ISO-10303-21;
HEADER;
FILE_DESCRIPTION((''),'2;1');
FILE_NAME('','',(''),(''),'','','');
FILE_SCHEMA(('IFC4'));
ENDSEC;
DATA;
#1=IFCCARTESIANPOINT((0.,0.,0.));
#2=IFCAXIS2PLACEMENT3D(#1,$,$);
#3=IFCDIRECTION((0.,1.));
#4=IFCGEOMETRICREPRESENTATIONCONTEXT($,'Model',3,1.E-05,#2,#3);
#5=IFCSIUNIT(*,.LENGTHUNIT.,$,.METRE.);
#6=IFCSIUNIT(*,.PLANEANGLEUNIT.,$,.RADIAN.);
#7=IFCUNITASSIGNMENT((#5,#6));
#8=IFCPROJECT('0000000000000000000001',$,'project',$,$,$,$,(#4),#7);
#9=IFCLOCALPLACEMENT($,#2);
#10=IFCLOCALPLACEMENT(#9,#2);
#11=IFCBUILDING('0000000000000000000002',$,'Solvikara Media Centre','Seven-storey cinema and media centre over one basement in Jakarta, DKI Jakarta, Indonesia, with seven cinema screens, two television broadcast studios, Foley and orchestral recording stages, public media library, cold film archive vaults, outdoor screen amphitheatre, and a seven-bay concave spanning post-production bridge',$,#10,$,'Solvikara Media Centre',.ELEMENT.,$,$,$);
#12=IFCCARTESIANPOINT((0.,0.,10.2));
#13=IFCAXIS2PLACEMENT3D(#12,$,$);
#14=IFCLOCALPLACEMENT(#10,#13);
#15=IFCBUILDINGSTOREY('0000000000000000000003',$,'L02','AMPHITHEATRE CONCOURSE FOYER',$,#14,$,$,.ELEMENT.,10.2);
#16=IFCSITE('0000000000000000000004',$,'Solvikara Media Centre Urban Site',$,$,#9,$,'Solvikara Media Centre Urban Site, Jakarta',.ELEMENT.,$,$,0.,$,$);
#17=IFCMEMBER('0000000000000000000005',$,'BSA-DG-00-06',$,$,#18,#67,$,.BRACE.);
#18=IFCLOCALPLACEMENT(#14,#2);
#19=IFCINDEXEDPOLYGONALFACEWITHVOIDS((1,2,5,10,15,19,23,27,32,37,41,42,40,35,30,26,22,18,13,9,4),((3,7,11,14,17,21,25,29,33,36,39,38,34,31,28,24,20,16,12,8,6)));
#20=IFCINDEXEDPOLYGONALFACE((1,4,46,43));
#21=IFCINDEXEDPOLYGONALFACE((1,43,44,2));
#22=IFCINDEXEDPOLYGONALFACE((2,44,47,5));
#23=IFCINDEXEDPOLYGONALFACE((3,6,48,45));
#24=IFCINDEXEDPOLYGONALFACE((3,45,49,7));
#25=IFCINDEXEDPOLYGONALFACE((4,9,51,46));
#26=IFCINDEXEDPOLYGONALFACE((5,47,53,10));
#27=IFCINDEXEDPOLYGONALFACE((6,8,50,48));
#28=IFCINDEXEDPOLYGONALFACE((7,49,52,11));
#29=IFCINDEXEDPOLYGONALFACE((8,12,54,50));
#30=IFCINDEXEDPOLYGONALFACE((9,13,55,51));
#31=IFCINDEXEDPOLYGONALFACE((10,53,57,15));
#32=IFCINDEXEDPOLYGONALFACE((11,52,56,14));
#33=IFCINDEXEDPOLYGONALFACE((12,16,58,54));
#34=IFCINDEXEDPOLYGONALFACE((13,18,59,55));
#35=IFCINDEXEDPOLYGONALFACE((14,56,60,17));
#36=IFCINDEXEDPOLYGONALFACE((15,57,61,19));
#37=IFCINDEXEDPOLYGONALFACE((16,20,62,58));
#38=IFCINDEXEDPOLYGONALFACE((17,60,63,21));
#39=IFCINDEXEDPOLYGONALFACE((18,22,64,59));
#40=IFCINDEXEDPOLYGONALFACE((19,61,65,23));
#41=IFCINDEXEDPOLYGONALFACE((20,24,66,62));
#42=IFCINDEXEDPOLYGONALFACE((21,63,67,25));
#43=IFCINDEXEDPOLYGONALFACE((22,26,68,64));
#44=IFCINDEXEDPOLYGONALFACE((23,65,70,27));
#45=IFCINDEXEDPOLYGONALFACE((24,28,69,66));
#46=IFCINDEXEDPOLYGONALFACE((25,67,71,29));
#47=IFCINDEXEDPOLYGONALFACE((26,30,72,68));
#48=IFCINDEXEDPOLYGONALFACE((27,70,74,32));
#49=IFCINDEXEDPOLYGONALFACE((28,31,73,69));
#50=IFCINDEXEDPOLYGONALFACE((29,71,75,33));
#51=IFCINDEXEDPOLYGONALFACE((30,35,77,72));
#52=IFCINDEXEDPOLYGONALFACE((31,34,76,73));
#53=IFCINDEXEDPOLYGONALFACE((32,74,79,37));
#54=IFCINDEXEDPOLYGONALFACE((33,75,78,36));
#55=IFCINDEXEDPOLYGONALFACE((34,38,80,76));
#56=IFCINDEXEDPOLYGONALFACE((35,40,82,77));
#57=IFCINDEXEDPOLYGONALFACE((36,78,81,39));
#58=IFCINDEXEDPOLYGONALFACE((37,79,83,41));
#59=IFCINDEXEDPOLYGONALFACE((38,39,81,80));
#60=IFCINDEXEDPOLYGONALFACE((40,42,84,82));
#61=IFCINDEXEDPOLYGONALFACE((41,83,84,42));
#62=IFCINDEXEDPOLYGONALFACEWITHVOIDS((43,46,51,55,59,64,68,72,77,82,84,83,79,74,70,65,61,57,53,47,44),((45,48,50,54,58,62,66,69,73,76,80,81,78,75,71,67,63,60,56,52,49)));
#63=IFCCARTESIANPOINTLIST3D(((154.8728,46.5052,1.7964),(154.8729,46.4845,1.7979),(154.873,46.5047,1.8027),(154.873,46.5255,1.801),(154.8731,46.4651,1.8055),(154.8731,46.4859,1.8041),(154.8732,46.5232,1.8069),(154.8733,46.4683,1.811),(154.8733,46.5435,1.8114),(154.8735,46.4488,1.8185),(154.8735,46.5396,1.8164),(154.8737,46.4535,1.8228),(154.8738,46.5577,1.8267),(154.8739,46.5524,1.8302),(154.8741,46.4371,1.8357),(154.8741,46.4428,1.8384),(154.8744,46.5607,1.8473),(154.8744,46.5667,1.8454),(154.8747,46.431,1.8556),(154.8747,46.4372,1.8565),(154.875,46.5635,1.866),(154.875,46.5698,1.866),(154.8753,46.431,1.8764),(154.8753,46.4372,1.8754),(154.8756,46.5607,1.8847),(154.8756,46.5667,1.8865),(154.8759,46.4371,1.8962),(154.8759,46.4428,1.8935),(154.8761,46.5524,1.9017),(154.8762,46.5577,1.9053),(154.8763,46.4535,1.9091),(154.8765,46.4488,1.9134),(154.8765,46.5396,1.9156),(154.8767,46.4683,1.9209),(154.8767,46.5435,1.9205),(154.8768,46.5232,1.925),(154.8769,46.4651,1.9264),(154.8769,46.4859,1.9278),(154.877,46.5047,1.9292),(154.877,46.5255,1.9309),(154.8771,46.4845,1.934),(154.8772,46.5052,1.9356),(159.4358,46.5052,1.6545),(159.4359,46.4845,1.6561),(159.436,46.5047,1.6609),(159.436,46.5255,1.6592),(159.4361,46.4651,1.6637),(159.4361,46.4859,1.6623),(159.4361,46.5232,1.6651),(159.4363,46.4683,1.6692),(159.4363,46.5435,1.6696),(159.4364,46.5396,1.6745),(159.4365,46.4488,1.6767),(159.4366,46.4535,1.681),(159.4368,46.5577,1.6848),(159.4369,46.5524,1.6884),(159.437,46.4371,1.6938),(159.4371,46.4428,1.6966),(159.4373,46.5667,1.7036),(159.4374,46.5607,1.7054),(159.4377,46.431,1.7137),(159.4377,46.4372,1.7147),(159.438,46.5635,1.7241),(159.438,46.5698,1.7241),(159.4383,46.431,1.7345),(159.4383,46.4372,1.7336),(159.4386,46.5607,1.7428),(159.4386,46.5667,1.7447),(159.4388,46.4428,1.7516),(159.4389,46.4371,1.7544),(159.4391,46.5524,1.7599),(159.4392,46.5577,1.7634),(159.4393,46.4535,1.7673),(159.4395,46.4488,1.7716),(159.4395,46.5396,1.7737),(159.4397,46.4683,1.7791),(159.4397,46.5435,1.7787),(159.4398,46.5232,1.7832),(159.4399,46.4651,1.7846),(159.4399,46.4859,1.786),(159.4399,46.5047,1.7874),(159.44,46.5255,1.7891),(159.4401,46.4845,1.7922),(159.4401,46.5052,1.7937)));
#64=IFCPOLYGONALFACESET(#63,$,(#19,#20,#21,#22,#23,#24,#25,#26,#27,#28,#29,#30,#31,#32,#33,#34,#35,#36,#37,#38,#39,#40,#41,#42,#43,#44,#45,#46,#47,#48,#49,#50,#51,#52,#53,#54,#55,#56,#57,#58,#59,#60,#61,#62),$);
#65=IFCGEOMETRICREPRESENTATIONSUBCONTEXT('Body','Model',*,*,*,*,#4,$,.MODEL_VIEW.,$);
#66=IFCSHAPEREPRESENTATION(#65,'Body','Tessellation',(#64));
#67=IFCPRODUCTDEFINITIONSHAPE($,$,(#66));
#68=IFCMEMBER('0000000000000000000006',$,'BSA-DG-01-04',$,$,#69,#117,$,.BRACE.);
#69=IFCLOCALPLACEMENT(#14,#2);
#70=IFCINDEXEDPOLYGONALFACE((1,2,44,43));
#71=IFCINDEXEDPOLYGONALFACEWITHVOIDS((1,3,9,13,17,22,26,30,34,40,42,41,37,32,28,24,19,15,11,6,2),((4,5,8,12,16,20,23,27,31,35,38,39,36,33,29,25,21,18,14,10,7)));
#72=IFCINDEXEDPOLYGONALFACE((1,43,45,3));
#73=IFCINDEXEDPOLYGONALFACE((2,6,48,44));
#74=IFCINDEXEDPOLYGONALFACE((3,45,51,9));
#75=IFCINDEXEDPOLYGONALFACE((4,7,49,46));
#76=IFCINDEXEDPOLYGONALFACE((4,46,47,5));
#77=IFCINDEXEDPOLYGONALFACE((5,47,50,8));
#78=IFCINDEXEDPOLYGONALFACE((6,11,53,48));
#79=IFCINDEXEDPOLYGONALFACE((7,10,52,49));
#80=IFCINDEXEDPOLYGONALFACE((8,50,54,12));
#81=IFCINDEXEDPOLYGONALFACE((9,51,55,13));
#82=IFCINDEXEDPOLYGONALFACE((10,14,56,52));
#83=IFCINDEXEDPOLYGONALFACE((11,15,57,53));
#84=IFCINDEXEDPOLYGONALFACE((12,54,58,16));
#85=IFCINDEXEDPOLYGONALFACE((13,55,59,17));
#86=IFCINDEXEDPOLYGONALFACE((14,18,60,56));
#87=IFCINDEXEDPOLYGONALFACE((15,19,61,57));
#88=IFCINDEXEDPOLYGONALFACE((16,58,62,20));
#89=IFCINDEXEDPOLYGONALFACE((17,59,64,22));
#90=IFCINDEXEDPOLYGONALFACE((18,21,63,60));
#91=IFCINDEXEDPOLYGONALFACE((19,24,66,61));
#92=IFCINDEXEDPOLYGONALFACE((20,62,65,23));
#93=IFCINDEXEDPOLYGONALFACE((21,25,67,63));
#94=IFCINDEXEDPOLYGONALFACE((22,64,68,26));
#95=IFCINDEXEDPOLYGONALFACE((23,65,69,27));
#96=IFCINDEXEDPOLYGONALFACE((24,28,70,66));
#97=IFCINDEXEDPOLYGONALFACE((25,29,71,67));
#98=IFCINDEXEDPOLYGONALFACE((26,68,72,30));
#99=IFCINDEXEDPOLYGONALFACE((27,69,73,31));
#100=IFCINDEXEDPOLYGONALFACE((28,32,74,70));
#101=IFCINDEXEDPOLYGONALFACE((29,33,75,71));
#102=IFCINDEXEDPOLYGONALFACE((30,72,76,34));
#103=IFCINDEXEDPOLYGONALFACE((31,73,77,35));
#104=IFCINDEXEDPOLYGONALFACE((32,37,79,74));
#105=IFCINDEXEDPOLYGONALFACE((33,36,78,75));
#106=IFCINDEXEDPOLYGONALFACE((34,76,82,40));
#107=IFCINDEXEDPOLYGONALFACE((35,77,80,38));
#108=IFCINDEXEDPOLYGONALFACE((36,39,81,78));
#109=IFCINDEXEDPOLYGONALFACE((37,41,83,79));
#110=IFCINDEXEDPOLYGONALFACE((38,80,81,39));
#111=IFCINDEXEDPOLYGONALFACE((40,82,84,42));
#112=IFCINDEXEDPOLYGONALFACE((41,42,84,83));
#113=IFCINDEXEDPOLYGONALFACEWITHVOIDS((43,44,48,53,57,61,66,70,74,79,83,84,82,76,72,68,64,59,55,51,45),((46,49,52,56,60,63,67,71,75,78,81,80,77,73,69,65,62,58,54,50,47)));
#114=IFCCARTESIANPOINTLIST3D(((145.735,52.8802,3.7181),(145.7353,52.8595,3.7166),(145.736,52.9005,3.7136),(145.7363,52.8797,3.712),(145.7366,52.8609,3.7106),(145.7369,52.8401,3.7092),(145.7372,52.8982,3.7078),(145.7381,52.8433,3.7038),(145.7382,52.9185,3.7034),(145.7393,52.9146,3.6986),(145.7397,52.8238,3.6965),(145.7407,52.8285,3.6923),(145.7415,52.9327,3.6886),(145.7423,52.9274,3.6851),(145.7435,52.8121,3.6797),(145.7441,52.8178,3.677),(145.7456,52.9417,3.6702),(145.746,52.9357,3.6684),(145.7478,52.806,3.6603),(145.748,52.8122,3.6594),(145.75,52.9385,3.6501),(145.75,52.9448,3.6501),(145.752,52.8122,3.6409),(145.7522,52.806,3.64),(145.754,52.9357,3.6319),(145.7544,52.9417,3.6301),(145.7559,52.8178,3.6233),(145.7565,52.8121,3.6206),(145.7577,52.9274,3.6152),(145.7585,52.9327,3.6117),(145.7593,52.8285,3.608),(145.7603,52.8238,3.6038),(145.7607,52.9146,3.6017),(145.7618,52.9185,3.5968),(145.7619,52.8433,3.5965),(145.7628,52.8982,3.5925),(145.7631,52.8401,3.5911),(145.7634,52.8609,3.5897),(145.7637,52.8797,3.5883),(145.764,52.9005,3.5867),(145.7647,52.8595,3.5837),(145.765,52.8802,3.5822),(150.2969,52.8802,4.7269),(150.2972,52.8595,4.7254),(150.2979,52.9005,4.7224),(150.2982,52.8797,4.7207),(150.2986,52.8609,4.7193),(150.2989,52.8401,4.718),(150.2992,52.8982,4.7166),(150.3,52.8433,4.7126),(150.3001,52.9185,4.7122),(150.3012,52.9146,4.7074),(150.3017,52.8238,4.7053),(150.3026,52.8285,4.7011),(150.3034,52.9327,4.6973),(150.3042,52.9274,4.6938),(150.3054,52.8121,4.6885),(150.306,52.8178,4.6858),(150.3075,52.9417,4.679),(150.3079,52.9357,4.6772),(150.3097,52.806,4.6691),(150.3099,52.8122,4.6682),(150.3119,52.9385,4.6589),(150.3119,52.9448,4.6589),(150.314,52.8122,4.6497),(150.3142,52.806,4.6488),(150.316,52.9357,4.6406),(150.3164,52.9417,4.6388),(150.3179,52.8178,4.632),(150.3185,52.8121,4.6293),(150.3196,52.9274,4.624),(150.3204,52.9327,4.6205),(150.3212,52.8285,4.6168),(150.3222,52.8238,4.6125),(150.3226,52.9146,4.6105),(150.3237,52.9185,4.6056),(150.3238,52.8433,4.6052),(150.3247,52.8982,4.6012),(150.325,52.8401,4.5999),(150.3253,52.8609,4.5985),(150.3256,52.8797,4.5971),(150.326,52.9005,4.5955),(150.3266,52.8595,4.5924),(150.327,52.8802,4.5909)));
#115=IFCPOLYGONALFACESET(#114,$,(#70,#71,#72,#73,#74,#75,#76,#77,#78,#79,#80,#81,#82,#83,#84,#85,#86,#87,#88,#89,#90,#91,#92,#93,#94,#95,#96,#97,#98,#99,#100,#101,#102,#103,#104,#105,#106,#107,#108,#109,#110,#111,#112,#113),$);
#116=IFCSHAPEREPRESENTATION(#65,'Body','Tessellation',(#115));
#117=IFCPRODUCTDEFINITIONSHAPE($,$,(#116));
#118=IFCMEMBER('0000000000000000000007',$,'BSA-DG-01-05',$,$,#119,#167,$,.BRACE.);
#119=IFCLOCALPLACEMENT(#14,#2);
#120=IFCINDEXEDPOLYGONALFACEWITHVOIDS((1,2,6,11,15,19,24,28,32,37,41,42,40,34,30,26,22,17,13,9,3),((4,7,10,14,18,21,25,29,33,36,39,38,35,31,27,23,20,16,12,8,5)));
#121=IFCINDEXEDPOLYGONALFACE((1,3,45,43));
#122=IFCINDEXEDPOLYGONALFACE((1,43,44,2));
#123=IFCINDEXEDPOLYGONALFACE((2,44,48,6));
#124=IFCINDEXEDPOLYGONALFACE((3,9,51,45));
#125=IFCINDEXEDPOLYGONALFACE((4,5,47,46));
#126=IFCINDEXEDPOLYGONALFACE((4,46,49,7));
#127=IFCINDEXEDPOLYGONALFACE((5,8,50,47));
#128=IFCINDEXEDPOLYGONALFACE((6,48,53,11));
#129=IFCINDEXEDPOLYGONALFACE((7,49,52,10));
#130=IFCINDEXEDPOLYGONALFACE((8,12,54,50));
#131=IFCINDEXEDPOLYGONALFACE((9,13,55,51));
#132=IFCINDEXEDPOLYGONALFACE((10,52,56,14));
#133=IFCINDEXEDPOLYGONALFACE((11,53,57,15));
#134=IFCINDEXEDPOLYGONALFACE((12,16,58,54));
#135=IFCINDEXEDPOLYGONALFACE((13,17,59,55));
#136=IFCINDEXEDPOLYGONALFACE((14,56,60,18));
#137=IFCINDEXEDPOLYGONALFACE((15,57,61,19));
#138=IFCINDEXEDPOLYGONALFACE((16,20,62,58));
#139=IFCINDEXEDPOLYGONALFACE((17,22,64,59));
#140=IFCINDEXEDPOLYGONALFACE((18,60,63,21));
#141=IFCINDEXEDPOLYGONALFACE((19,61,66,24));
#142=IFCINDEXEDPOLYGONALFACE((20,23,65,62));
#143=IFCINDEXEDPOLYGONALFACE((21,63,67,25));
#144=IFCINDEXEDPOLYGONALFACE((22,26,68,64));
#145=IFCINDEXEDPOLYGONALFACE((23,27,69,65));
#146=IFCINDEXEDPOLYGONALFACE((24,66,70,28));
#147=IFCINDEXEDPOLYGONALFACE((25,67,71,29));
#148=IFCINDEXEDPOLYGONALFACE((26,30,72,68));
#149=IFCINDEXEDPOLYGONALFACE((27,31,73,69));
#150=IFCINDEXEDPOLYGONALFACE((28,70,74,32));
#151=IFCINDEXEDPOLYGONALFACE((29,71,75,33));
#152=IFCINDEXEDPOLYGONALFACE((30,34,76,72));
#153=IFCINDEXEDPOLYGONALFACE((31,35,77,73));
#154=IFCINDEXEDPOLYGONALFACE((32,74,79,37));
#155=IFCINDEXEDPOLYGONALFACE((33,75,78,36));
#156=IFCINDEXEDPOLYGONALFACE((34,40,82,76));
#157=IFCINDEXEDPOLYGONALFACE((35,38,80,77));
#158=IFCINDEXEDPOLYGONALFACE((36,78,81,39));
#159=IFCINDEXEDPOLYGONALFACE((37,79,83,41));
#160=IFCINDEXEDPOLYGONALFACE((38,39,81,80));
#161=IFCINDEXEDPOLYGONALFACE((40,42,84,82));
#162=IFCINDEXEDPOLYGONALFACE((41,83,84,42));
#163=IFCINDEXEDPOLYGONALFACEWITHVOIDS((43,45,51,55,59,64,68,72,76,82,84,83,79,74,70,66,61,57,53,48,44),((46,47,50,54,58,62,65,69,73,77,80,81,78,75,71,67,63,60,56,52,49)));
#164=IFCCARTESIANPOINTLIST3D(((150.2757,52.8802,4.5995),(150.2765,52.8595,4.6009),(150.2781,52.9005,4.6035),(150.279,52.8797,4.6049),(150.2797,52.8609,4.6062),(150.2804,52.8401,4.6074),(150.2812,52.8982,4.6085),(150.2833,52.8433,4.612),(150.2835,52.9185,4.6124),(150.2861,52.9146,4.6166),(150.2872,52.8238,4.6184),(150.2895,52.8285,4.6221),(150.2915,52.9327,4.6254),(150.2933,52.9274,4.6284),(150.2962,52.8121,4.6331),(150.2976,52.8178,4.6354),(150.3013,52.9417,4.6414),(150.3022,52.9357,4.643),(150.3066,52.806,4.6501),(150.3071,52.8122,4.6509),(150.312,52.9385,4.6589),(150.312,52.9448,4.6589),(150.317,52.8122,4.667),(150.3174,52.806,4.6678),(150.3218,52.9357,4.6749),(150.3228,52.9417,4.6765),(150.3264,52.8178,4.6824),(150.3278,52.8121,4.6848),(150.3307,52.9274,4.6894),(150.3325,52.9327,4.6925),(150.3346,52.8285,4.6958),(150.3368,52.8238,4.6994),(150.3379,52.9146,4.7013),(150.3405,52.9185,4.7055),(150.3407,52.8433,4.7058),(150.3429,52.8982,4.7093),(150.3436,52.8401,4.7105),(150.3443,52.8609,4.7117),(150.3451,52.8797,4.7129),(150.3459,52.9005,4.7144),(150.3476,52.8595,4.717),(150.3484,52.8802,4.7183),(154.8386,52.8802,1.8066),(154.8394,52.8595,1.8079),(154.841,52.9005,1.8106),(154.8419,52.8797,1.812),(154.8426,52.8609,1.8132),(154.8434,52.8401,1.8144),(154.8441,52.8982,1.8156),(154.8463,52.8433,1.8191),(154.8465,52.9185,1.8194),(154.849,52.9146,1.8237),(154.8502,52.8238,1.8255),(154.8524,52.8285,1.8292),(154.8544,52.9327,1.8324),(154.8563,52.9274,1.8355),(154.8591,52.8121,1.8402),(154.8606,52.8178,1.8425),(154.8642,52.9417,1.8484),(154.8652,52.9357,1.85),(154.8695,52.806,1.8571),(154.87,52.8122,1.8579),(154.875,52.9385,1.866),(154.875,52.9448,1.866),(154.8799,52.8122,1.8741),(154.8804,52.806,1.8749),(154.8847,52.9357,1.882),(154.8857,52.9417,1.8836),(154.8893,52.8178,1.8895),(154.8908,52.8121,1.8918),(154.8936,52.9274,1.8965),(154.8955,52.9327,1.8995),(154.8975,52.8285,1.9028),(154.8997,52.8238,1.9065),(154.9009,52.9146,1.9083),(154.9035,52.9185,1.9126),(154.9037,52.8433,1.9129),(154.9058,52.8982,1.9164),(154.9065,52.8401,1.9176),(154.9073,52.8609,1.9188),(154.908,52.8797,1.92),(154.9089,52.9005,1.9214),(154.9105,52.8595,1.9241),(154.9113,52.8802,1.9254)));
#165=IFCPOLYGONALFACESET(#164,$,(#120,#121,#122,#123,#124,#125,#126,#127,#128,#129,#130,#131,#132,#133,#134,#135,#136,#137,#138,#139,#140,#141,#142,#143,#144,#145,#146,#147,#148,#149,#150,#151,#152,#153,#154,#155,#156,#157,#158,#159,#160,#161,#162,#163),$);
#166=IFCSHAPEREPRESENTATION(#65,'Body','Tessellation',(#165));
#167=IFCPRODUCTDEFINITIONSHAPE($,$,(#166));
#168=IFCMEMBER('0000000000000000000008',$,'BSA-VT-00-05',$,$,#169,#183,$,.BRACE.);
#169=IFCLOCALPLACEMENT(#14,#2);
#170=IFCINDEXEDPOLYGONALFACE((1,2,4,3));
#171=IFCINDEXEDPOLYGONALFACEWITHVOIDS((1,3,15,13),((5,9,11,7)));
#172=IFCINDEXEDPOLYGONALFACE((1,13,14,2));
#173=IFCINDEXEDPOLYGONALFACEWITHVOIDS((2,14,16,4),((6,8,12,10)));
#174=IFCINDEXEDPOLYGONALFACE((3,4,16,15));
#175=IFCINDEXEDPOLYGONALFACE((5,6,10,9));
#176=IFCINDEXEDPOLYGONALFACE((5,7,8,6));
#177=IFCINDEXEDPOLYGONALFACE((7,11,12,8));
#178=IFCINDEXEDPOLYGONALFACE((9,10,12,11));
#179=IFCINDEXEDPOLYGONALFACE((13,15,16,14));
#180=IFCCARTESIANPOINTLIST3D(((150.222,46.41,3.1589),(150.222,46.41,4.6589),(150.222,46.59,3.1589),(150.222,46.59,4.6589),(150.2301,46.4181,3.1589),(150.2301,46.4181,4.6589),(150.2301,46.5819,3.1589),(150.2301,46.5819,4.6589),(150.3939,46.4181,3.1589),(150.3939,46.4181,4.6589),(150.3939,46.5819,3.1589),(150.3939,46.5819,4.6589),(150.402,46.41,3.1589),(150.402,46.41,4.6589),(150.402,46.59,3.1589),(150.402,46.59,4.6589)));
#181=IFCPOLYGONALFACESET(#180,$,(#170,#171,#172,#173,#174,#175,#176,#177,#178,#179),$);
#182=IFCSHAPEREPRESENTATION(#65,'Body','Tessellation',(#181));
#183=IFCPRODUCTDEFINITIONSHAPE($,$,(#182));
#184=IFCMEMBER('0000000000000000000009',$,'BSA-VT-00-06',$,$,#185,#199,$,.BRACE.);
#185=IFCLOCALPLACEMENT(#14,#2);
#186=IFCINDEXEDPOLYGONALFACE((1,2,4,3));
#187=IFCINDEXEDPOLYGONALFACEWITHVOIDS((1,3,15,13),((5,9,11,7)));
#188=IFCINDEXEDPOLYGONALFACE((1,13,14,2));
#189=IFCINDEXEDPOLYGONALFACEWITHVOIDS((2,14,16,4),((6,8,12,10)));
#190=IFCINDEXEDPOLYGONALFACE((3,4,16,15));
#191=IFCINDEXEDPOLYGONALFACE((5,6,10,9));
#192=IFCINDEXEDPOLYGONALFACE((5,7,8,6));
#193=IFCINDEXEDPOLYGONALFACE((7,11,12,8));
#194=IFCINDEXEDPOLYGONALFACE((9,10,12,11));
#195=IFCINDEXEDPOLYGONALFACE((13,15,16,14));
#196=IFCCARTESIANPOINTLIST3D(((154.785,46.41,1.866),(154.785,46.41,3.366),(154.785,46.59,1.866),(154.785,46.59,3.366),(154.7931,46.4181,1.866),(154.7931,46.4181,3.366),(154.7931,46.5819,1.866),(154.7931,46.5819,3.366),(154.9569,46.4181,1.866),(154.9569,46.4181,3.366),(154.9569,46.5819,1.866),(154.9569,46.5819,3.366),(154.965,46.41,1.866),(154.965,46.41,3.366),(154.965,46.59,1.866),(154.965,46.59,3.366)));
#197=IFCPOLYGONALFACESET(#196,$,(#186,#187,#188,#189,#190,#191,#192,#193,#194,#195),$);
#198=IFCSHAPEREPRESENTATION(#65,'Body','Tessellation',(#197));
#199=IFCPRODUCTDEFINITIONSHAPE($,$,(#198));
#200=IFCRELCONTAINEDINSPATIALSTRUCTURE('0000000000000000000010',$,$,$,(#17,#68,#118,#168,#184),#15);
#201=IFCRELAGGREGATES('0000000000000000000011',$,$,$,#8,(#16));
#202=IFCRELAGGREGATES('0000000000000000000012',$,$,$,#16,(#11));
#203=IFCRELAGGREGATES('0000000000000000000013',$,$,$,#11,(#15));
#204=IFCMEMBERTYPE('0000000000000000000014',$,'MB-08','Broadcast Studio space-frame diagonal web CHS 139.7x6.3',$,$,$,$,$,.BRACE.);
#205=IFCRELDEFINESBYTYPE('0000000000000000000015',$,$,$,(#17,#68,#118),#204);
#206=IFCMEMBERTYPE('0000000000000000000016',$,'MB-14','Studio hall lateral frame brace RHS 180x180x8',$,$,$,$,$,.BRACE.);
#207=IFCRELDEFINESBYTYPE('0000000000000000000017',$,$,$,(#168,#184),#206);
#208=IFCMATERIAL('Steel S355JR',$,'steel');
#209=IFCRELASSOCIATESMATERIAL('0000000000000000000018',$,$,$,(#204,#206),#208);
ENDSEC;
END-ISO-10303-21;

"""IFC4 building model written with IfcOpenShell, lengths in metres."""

from ifc_helpers import new_model, si_unit, direction, frame, origin, origin_2d, place, context, subcontext, project, spatial, hollow_rectangle, hollow_circle, extrude, material, material_profile, profile_set, type_object, element, save


model = new_model("IFC4")

# Units and contexts
model_context = context("Model", 3, precision=1e-05, world=origin(), true_north=direction((0.0, 1.0)))
body_context = subcontext(model_context, "Body", "Model", "MODEL_VIEW")
ifc_project = project(units=[si_unit("LENGTHUNIT", "METRE"), si_unit("PLANEANGLEUNIT", "RADIAN")], contexts=[model_context])

# Site, building, storey
site_placement = place(None, origin())
site = spatial("IfcSite", under=ifc_project, at=site_placement, Name="Solvikara Media Centre Urban Site", LongName="Solvikara Media Centre Urban Site, Jakarta", CompositionType="ELEMENT", RefElevation=0.0)
building_placement = place(site_placement, origin())
building = spatial("IfcBuilding", under=site, at=building_placement, Name="Solvikara Media Centre", Description="Seven-storey cinema and media centre over one basement in Jakarta, DKI Jakarta, Indonesia, with seven cinema screens, two television broadcast studios, Foley and orchestral recording stages, public media library, cold film archive vaults, outdoor screen amphitheatre, and a seven-bay concave spanning post-production bridge", LongName="Solvikara Media Centre", CompositionType="ELEMENT")
storey_placement = place(building_placement, frame((0.0, 0.0, 10.2)))
storey = spatial("IfcBuildingStorey", under=building, at=storey_placement, Name="L02", Description="AMPHITHEATRE CONCOURSE FOYER", CompositionType="ELEMENT", Elevation=10.2)

# Members
ifc_material_1 = material(Name="Steel S355JR", Category="steel")
ifc_material_profile_1 = material_profile(ifc_material_1, hollow_circle(Radius=0.0698, WallThickness=0.0063, at=origin_2d()), Name="CHS 139.7x6.3")
ifc_profile_set_1 = profile_set([ifc_material_profile_1], Name="Steel S355JR")
member_type_1 = type_object("IfcMemberType", Name="MB-08", Description="Broadcast Studio space-frame diagonal web CHS 139.7x6.3", PredefinedType="BRACE", material=ifc_profile_set_1)
member_1_placement = place(storey_placement, frame((154.875, 46.5, 1.866), z_axis=(0.999517, 0.0, -0.031071), x_axis=(0.0, 1.0, 0.0)))
element("IfcMember", 1, at=member_1_placement, inside=storey, type_object=member_type_1, Name="BSA-DG-00-06", PredefinedType="BRACE", context=body_context, shape_type="SweptSolid", body=[
    extrude(hollow_circle(Radius=0.0698, WallThickness=0.0063, at=origin_2d()), origin(), (0.0, 0.0, 1.0), 4.5652),
])
member_2_placement = place(storey_placement, frame((145.75, 52.875, 3.6501), z_axis=(0.976413, 0.0, 0.215912), x_axis=(0.0, 1.0, 0.0)))
element("IfcMember", 2, at=member_2_placement, inside=storey, type_object=member_type_1, Name="BSA-DG-01-04", PredefinedType="BRACE", context=body_context, shape_type="SweptSolid", body=[
    extrude(hollow_circle(Radius=0.0698, WallThickness=0.0063, at=origin_2d()), origin(), (0.0, 0.0, 1.0), 4.6721),
])
member_3_placement = place(storey_placement, frame((150.312, 52.875, 4.6589), z_axis=(0.852909, 0.0, -0.522059), x_axis=(0.0, 1.0, 0.0)))
element("IfcMember", 3, at=member_3_placement, inside=storey, type_object=member_type_1, Name="BSA-DG-01-05", PredefinedType="BRACE", context=body_context, shape_type="SweptSolid", body=[
    extrude(hollow_circle(Radius=0.0698, WallThickness=0.0063, at=origin_2d()), origin(), (0.0, 0.0, 1.0), 5.3499),
])
ifc_material_profile_2 = material_profile(ifc_material_1, hollow_rectangle(XDim=0.1799, YDim=0.1799, WallThickness=0.0081, at=origin_2d()), Name="RHS 180x180x8")
ifc_profile_set_2 = profile_set([ifc_material_profile_2], Name="Steel S355JR")
member_type_2 = type_object("IfcMemberType", Name="MB-14", Description="Studio hall lateral frame brace RHS 180x180x8", PredefinedType="BRACE", material=ifc_profile_set_2)
for number, where, z_axis, x_axis, name in (
    (4, (150.312, 46.5, 3.1589), (0.0, 0.0, 1.0), (1.0, 0.0, 0.0), "BSA-VT-00-05"),
    (5, (154.875, 46.5, 1.866), (0.0, 0.0, 1.0), (1.0, 0.0, 0.0), "BSA-VT-00-06"),
):
    element("IfcMember", number, at=place(storey_placement, frame(where, z_axis=z_axis, x_axis=x_axis)), inside=storey, type_object=member_type_2, Name=name, PredefinedType="BRACE", context=body_context, shape_type="SweptSolid", body=[
        extrude(hollow_rectangle(XDim=0.1799, YDim=0.1799, WallThickness=0.0081, at=origin_2d()), origin(), (0.0, 0.0, 1.0), 1.5),
    ])

save(model, "model.ifc")
